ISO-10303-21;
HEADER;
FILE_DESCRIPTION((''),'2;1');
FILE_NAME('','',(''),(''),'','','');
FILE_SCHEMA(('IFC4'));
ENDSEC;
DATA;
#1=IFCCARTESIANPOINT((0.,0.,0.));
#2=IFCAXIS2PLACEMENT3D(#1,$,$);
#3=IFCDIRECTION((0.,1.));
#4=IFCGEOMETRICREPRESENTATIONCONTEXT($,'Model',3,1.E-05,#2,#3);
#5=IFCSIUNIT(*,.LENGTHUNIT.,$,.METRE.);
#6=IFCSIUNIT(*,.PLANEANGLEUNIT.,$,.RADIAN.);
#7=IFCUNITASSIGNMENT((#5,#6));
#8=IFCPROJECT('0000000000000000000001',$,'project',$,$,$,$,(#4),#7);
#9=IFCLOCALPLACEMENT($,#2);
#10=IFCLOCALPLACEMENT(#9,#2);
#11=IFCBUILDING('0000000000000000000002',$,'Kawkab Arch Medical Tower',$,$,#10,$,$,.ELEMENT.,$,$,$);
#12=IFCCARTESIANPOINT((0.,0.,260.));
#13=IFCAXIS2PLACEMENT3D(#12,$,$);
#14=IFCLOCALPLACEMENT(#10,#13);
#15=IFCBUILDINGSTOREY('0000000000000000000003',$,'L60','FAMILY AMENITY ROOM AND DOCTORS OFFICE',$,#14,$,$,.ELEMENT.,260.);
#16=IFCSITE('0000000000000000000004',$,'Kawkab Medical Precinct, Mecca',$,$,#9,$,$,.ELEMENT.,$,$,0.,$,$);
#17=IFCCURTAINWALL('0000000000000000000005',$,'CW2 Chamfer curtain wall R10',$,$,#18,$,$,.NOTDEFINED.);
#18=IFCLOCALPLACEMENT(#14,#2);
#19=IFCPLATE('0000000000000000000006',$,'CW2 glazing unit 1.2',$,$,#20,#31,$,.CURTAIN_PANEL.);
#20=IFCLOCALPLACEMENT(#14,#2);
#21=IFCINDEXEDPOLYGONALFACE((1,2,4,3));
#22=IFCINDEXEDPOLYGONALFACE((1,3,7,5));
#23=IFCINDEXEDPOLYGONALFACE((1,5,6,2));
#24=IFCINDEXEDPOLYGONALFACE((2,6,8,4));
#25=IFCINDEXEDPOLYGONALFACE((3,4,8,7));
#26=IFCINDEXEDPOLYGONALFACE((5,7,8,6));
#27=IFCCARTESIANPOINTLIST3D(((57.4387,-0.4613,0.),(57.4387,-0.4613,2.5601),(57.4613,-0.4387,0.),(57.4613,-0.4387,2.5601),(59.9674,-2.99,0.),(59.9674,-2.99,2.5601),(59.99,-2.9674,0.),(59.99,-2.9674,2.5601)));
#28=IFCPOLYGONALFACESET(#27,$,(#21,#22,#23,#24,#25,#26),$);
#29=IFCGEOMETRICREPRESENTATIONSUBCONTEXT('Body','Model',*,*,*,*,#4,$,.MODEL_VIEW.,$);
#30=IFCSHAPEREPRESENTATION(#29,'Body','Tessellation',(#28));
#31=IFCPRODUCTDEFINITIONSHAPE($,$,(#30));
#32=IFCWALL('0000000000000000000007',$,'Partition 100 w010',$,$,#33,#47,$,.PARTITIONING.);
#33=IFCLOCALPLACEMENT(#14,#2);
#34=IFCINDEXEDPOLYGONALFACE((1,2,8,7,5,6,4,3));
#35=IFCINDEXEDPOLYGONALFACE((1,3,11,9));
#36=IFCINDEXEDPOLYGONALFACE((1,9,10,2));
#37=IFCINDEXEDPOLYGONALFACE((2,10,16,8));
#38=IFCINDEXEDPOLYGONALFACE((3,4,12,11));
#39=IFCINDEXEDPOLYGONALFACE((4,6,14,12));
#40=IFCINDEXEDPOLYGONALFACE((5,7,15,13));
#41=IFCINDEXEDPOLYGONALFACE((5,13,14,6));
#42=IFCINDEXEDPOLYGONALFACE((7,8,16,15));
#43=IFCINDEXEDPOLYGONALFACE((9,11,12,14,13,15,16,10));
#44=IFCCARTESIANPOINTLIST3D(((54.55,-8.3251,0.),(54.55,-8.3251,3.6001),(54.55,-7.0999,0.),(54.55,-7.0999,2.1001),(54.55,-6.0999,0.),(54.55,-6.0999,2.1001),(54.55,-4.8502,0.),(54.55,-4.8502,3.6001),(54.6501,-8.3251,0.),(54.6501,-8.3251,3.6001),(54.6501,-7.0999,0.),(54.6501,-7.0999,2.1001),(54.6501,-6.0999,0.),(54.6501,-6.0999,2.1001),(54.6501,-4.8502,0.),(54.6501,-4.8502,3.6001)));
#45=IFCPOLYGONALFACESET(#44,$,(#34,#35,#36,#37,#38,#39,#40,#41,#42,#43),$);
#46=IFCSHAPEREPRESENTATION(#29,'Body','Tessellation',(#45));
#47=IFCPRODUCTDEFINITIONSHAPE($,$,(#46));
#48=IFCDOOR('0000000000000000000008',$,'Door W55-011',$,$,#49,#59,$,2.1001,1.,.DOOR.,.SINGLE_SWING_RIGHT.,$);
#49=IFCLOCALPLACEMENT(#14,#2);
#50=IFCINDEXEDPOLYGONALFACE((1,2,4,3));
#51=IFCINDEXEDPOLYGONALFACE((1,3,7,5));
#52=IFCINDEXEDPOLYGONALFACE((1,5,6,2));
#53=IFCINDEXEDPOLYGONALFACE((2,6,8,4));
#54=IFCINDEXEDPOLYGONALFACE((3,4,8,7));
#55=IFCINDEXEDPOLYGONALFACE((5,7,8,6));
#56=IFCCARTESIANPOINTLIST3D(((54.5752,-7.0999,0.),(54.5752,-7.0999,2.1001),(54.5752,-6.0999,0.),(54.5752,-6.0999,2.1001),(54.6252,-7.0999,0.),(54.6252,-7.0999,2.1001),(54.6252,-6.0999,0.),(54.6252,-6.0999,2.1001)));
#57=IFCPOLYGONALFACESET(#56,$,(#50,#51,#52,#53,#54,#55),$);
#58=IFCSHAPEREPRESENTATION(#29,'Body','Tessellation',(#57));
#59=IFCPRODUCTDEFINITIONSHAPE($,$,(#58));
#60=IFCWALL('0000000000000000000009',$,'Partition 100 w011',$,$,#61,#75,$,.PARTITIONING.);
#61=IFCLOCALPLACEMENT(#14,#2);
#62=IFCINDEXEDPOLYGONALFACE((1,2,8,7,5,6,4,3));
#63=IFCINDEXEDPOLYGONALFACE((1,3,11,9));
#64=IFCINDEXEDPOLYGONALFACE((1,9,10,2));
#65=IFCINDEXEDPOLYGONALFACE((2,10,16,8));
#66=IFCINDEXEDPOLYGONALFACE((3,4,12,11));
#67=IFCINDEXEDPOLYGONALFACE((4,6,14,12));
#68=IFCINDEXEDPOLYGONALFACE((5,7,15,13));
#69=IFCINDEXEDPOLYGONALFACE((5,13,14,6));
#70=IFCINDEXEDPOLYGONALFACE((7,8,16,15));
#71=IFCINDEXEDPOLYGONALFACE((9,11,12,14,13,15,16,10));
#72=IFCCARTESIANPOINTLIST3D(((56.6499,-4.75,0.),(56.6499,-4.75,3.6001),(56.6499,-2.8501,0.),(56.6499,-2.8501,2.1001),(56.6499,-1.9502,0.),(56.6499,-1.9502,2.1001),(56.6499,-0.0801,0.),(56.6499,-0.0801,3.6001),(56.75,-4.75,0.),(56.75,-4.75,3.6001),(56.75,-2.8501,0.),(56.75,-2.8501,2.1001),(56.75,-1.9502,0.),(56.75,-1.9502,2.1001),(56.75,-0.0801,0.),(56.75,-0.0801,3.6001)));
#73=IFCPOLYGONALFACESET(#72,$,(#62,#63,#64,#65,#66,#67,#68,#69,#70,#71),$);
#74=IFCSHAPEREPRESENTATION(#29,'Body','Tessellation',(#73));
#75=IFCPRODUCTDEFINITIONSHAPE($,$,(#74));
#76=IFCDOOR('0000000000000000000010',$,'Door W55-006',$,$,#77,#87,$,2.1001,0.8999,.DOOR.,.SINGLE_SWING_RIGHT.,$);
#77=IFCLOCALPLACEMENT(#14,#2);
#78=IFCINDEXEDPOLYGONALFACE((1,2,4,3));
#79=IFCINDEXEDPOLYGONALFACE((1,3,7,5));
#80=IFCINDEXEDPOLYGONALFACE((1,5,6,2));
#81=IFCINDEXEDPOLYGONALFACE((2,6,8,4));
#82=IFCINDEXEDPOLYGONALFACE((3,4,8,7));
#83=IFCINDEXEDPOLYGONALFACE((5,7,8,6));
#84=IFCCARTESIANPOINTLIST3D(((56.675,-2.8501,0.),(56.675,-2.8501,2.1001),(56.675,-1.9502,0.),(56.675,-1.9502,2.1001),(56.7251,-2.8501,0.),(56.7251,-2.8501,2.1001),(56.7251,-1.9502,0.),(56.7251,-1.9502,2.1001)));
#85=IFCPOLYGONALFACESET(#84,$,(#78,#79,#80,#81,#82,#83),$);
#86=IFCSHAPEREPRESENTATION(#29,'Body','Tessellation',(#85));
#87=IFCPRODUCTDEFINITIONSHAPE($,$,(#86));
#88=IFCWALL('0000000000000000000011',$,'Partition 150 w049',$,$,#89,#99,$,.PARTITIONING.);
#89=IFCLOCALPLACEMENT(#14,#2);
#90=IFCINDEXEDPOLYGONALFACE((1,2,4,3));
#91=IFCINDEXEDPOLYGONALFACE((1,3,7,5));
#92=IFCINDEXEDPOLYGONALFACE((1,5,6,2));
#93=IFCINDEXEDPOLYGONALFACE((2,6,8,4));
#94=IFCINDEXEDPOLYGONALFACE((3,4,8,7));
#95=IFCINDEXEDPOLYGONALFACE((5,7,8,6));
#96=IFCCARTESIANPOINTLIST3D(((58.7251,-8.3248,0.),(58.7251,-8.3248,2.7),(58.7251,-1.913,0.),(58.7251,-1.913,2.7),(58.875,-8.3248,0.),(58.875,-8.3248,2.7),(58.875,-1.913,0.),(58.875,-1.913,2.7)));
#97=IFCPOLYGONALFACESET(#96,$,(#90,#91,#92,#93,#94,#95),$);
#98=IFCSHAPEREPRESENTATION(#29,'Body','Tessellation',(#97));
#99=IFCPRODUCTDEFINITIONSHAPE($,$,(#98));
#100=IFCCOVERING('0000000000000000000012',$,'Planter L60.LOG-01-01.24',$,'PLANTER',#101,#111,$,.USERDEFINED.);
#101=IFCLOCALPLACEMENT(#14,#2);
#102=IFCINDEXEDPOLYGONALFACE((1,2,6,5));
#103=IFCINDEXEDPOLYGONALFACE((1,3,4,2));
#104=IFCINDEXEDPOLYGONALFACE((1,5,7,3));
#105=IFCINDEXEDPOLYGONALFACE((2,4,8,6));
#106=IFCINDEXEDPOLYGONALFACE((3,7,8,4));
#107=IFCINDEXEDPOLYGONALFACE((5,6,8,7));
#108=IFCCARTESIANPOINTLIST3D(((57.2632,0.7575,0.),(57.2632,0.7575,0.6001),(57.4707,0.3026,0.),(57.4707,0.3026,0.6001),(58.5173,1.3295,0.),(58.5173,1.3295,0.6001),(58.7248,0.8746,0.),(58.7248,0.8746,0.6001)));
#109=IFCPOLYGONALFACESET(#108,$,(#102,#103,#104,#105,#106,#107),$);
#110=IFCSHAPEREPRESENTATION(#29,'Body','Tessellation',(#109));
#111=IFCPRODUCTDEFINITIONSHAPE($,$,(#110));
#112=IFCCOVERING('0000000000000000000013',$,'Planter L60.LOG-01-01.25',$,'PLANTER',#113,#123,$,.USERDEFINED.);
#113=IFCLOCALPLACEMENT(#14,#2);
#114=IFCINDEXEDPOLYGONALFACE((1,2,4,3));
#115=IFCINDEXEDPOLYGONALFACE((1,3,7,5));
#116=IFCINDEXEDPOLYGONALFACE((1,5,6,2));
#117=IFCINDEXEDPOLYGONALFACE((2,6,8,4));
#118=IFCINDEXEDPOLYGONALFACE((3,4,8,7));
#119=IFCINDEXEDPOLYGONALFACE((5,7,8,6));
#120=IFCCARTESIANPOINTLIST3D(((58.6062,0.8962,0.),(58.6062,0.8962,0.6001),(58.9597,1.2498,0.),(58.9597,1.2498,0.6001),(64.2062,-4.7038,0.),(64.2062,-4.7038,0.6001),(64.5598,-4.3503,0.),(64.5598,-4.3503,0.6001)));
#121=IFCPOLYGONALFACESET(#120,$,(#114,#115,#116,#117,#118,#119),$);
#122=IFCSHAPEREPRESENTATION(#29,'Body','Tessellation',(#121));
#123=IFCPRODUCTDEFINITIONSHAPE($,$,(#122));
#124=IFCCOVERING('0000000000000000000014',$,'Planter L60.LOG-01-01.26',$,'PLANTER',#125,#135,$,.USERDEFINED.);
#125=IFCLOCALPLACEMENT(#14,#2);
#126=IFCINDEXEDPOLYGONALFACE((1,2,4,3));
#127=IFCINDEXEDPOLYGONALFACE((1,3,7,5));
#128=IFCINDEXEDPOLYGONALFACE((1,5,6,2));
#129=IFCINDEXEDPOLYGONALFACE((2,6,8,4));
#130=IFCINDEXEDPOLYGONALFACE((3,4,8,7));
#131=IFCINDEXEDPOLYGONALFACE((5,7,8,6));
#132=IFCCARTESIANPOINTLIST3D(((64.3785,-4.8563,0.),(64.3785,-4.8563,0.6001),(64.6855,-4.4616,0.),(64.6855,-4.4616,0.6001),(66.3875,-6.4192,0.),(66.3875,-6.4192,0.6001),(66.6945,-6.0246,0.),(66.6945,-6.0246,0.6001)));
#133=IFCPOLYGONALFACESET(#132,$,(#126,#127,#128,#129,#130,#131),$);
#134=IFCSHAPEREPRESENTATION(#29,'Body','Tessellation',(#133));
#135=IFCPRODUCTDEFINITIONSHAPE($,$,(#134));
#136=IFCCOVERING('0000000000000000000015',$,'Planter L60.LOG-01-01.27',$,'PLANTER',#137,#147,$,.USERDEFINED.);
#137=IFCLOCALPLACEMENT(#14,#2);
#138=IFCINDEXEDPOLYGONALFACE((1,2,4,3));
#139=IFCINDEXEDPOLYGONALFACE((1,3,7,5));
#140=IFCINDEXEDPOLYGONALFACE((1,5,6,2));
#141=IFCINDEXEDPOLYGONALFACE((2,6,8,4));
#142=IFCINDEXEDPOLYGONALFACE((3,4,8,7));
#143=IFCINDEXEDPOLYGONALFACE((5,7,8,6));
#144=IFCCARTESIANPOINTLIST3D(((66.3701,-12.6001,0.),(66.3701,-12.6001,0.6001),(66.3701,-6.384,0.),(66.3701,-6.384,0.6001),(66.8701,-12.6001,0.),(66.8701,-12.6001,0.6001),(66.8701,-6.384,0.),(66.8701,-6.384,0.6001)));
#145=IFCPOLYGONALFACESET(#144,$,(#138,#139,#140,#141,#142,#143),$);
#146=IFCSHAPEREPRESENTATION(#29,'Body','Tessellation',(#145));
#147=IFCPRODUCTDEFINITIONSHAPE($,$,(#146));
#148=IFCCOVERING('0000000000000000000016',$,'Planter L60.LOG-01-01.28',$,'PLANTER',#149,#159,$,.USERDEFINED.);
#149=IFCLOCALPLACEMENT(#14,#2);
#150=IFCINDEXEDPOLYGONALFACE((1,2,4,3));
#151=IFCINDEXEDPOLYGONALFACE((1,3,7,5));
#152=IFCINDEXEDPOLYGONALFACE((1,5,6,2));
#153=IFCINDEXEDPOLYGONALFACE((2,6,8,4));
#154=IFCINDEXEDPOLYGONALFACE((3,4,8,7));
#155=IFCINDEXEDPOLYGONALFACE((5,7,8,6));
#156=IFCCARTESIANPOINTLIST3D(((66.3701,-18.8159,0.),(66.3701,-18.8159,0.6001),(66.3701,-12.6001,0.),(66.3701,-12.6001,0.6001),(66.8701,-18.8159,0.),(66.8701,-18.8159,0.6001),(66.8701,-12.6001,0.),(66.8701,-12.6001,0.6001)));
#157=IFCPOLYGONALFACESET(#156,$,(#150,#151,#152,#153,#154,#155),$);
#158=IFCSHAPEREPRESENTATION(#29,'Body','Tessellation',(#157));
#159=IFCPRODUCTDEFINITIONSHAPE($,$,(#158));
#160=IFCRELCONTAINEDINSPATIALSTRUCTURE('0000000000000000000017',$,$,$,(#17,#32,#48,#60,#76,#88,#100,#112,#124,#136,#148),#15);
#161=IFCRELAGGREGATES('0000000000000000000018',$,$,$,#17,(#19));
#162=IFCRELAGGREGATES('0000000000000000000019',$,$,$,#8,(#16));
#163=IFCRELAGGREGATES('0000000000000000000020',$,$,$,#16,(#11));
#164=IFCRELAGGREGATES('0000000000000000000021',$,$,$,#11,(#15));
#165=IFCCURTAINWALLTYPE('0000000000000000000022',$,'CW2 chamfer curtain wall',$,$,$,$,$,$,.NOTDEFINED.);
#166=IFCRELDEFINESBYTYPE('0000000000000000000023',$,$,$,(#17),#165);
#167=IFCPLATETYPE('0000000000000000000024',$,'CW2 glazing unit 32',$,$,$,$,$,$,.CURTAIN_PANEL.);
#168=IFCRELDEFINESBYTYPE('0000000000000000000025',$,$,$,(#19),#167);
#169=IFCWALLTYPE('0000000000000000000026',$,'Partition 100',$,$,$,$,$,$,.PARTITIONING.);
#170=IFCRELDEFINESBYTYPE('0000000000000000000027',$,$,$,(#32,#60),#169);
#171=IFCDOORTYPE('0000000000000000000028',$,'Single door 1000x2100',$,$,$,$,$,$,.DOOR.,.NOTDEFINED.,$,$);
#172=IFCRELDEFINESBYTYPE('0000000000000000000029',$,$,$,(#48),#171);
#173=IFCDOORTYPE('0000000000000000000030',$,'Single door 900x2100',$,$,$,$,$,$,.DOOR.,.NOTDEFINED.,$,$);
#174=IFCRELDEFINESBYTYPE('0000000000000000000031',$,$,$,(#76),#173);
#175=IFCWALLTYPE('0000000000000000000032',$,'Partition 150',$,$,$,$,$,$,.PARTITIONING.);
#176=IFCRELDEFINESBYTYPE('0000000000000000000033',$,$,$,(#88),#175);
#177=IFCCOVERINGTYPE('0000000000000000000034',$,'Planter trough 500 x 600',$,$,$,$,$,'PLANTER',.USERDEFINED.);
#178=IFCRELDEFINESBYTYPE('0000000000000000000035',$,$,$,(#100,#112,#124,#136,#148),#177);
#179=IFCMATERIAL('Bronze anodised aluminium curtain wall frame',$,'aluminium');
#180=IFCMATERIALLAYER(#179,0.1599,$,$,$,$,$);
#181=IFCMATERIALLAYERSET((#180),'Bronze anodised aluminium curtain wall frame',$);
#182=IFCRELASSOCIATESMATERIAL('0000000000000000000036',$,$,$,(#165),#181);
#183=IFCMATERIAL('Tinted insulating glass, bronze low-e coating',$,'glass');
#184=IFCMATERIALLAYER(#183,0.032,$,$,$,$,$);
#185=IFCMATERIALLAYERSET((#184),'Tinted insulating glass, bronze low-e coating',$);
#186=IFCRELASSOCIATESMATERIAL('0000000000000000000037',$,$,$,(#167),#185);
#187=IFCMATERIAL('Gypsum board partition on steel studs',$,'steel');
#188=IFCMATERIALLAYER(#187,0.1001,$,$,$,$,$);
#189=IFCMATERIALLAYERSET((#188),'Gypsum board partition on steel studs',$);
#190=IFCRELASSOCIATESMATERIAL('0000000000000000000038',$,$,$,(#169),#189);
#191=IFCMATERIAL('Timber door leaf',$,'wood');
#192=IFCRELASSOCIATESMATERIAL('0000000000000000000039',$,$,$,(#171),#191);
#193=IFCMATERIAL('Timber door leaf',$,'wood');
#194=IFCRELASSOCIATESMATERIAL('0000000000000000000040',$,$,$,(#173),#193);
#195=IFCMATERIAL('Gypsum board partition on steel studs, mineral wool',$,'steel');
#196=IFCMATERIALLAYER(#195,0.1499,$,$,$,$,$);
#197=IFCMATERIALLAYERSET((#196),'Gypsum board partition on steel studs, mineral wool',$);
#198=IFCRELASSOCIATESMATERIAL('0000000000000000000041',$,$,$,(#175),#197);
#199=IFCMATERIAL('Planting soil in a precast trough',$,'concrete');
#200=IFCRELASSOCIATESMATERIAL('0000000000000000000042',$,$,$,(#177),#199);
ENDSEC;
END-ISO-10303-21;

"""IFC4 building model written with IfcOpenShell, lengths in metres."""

from ifc_helpers import new_model, si_unit, direction, frame, frame_2d, origin, origin_2d, place, context, subcontext, project, spatial, rectangle, extrude, material, layer, layer_set, material_profile, profile_set, type_object, element, fill, aggregate, save


model = new_model("IFC4")

# Units and contexts
model_context = context("Model", 3, precision=1e-05, world=origin(), true_north=direction((0.0, 1.0)))
body_context = subcontext(model_context, "Body", "Model", "MODEL_VIEW")
ifc_project = project(units=[si_unit("LENGTHUNIT", "METRE"), si_unit("PLANEANGLEUNIT", "RADIAN")], contexts=[model_context])

# Site, building, storey
site_placement = place(None, origin())
site = spatial("IfcSite", under=ifc_project, at=site_placement, Name="Kawkab Medical Precinct, Mecca", CompositionType="ELEMENT", RefElevation=0.0)
building_placement = place(site_placement, origin())
building = spatial("IfcBuilding", under=site, at=building_placement, Name="Kawkab Arch Medical Tower", CompositionType="ELEMENT")
storey_placement = place(building_placement, frame((0.0, 0.0, 260.0)))
storey = spatial("IfcBuildingStorey", under=building, at=storey_placement, Name="L60", Description="FAMILY AMENITY ROOM AND DOCTORS OFFICE", CompositionType="ELEMENT", Elevation=260.0)

# Curtain wall
placement = place(storey_placement, origin())
ifc_material_1 = material(Name="Bronze anodised aluminium curtain wall frame", Category="aluminium")
ifc_layer_1 = layer(ifc_material_1, 0.1599)
ifc_layer_set_1 = layer_set([ifc_layer_1], Name="Bronze anodised aluminium curtain wall frame")
curtain_wall_type_1 = type_object("IfcCurtainWallType", Name="CW2 chamfer curtain wall", PredefinedType="NOTDEFINED", material=ifc_layer_set_1)
curtain_wall_1 = element("IfcCurtainWall", 1, at=placement, inside=storey, type_object=curtain_wall_type_1, Name="CW2 Chamfer curtain wall R10", PredefinedType="NOTDEFINED")

# Plate
ifc_material_2 = material(Name="Tinted insulating glass, bronze low-e coating", Category="glass")
ifc_layer_2 = layer(ifc_material_2, 0.032)
ifc_layer_set_2 = layer_set([ifc_layer_2], Name="Tinted insulating glass, bronze low-e coating")
plate_type_1 = type_object("IfcPlateType", Name="CW2 glazing unit 32", PredefinedType="CURTAIN_PANEL", material=ifc_layer_set_2)
plate_1_placement = place(storey_placement, frame((58.7144, -1.7144, 0.0), z_axis=(0.0, 0.0, 1.0), x_axis=(-0.707107, 0.707107, 0.0)))
plate_1 = element("IfcPlate", 2, at=plate_1_placement, type_object=plate_type_1, Name="CW2 glazing unit 1.2", PredefinedType="CURTAIN_PANEL", context=body_context, shape_type="SweptSolid", body=[
    extrude(rectangle(XDim=3.5762, YDim=0.032, at=origin_2d()), origin(), (0.0, 0.0, 1.0), 2.5601),
])
aggregate(curtain_wall_1, [plate_1])

# Walls, openings, doors
ifc_material_3 = material(Name="Gypsum board partition on steel studs", Category="steel")
ifc_layer_3 = layer(ifc_material_3, 0.1001)
ifc_layer_set_3 = layer_set([ifc_layer_3], Name="Gypsum board partition on steel studs")
wall_type_1 = type_object("IfcWallType", Name="Partition 100", PredefinedType="PARTITIONING", material=ifc_layer_set_3)
wall_1_placement = place(storey_placement, frame((54.6001, -8.325, 0.0), z_axis=(0.0, 0.0, 1.0), x_axis=(0.0, 1.0, 0.0)))
wall_1 = element("IfcWall", 3, at=wall_1_placement, inside=storey, type_object=wall_type_1, Name="Partition 100 w010", PredefinedType="PARTITIONING", context=body_context, shape_type="SweptSolid", body=[
    extrude(rectangle(XDim=3.4749, YDim=0.1001, at=frame_2d((1.7373, 0.0))), origin(), (0.0, 0.0, 1.0), 3.6001),
])
opening_1_placement = place(wall_1_placement, frame((1.2251, 0.0, 0.0)))
opening_1 = element("IfcOpeningElement", 4, at=opening_1_placement, cuts=wall_1, PredefinedType="OPENING", context=body_context, shape_type="SweptSolid", body=[
    extrude(rectangle(XDim=1.0, YDim=2.1001, at=frame_2d((0.5, 1.05))), frame((0.0, 0.0601, 0.0), z_axis=(0.0, -1.0, 0.0), x_axis=(1.0, 0.0, 0.0)), (0.0, 0.0, 1.0), 0.1201),
])
ifc_material_4 = material(Name="Timber door leaf", Category="wood")
door_type_1 = type_object("IfcDoorType", Name="Single door 1000x2100", OperationType="NOTDEFINED", PredefinedType="DOOR", material=ifc_material_4)
door_1_placement = place(opening_1_placement, origin())
door_1 = element("IfcDoor", 5, at=door_1_placement, inside=storey, type_object=door_type_1, Name="Door W55-011", OperationType="SINGLE_SWING_RIGHT", OverallHeight=2.1001, OverallWidth=1.0, PredefinedType="DOOR", context=body_context, shape_type="SweptSolid", body=[
    extrude(rectangle(XDim=1.0, YDim=2.1001, at=frame_2d((0.5, 1.05))), frame((0.0, 0.0249, 0.0), z_axis=(0.0, -1.0, 0.0), x_axis=(1.0, 0.0, 0.0)), (0.0, 0.0, 1.0), 0.05),
])
fill(opening_1, door_1)
wall_2_placement = place(storey_placement, frame((56.7, -4.75, 0.0), z_axis=(0.0, 0.0, 1.0), x_axis=(0.0, 1.0, 0.0)))
wall_2 = element("IfcWall", 6, at=wall_2_placement, inside=storey, type_object=wall_type_1, Name="Partition 100 w011", PredefinedType="PARTITIONING", context=body_context, shape_type="SweptSolid", body=[
    extrude(rectangle(XDim=4.6699, YDim=0.1001, at=frame_2d((2.335, 0.0))), origin(), (0.0, 0.0, 1.0), 3.6001),
])
opening_2_placement = place(wall_2_placement, frame((1.8999, 0.0, 0.0)))
opening_2 = element("IfcOpeningElement", 7, at=opening_2_placement, cuts=wall_2, PredefinedType="OPENING", context=body_context, shape_type="SweptSolid", body=[
    extrude(rectangle(XDim=0.8999, YDim=2.1001, at=frame_2d((0.45, 1.05))), frame((0.0, 0.0601, 0.0), z_axis=(0.0, -1.0, 0.0), x_axis=(1.0, 0.0, 0.0)), (0.0, 0.0, 1.0), 0.1201),
])
ifc_material_5 = material(Name="Timber door leaf", Category="wood")
door_type_2 = type_object("IfcDoorType", Name="Single door 900x2100", OperationType="NOTDEFINED", PredefinedType="DOOR", material=ifc_material_5)
door_2_placement = place(opening_2_placement, origin())
door_2 = element("IfcDoor", 8, at=door_2_placement, inside=storey, type_object=door_type_2, Name="Door W55-006", OperationType="SINGLE_SWING_RIGHT", OverallHeight=2.1001, OverallWidth=0.8999, PredefinedType="DOOR", context=body_context, shape_type="SweptSolid", body=[
    extrude(rectangle(XDim=0.8999, YDim=2.1001, at=frame_2d((0.45, 1.05))), frame((0.0, 0.0249, 0.0), z_axis=(0.0, -1.0, 0.0), x_axis=(1.0, 0.0, 0.0)), (0.0, 0.0, 1.0), 0.05),
])
fill(opening_2, door_2)

# Wall
ifc_material_6 = material(Name="Gypsum board partition on steel studs, mineral wool", Category="steel")
ifc_layer_4 = layer(ifc_material_6, 0.1499)
ifc_layer_set_4 = layer_set([ifc_layer_4], Name="Gypsum board partition on steel studs, mineral wool")
wall_type_2 = type_object("IfcWallType", Name="Partition 150", PredefinedType="PARTITIONING", material=ifc_layer_set_4)
wall_3_placement = place(storey_placement, frame((58.8, -8.325, 0.0), z_axis=(0.0, 0.0, 1.0), x_axis=(0.0, 1.0, 0.0)))
element("IfcWall", 9, at=wall_3_placement, inside=storey, type_object=wall_type_2, Name="Partition 150 w049", PredefinedType="PARTITIONING", context=body_context, shape_type="SweptSolid", body=[
    extrude(rectangle(XDim=6.4119, YDim=0.1499, at=frame_2d((3.2061, 0.0))), origin(), (0.0, 0.0, 1.0), 2.7),
])

# Coverings
ifc_material_7 = material(Name="Planting soil in a precast trough", Category="concrete")
ifc_material_profile_1 = material_profile(ifc_material_7, rectangle(XDim=0.5, YDim=0.6001, at=origin_2d()), Name="Trough 500x600")
ifc_profile_set_1 = profile_set([ifc_material_profile_1], Name="Planting soil in a precast trough")
covering_type = type_object("IfcCoveringType", Name="Planter trough 500 x 600", ElementType="PLANTER", PredefinedType="USERDEFINED", material=ifc_profile_set_1)
covering_1_placement = place(storey_placement, frame((57.3669, 0.53, 0.3), z_axis=(0.909832, 0.414977, 0.0), x_axis=(-0.414977, 0.909832, 0.0)))
element("IfcCovering", 10, at=covering_1_placement, inside=storey, type_object=covering_type, Name="Planter L60.LOG-01-01.24", ObjectType="PLANTER", PredefinedType="USERDEFINED", context=body_context, shape_type="SweptSolid", body=[
    extrude(rectangle(XDim=0.5, YDim=0.6001, at=origin_2d()), origin(), (0.0, 0.0, 1.0), 1.3784),
])
covering_2_placement = place(storey_placement, frame((58.783, 1.073, 0.3), z_axis=(0.707107, -0.707107, 0.0), x_axis=(0.707107, 0.707107, 0.0)))
element("IfcCovering", 11, at=covering_2_placement, inside=storey, type_object=covering_type, Name="Planter L60.LOG-01-01.25", ObjectType="PLANTER", PredefinedType="USERDEFINED", context=body_context, shape_type="SweptSolid", body=[
    extrude(rectangle(XDim=0.5, YDim=0.6001, at=origin_2d()), origin(), (0.0, 0.0, 1.0), 7.9197),
])
covering_3_placement = place(storey_placement, frame((64.532, -4.6589, 0.3), z_axis=(0.789275, -0.61404, 0.0), x_axis=(0.61404, 0.789275, 0.0)))
element("IfcCovering", 12, at=covering_3_placement, inside=storey, type_object=covering_type, Name="Planter L60.LOG-01-01.26", ObjectType="PLANTER", PredefinedType="USERDEFINED", context=body_context, shape_type="SweptSolid", body=[
    extrude(rectangle(XDim=0.5, YDim=0.6001, at=origin_2d()), origin(), (0.0, 0.0, 1.0), 2.5454),
])
covering_4_placement = place(storey_placement, frame((66.6201, -6.384, 0.3), z_axis=(0.0, -1.0, 0.0), x_axis=(1.0, 0.0, 0.0)))
element("IfcCovering", 13, at=covering_4_placement, inside=storey, type_object=covering_type, Name="Planter L60.LOG-01-01.27", ObjectType="PLANTER", PredefinedType="USERDEFINED", context=body_context, shape_type="SweptSolid", body=[
    extrude(rectangle(XDim=0.5, YDim=0.6001, at=origin_2d()), origin(), (0.0, 0.0, 1.0), 6.2161),
])
covering_5_placement = place(storey_placement, frame((66.6201, -12.6001, 0.3), z_axis=(0.0, -1.0, 0.0), x_axis=(1.0, 0.0, 0.0)))
element("IfcCovering", 14, at=covering_5_placement, inside=storey, type_object=covering_type, Name="Planter L60.LOG-01-01.28", ObjectType="PLANTER", PredefinedType="USERDEFINED", context=body_context, shape_type="SweptSolid", body=[
    extrude(rectangle(XDim=0.5, YDim=0.6001, at=origin_2d()), origin(), (0.0, 0.0, 1.0), 6.2158),
])

save(model, "model.ifc")
